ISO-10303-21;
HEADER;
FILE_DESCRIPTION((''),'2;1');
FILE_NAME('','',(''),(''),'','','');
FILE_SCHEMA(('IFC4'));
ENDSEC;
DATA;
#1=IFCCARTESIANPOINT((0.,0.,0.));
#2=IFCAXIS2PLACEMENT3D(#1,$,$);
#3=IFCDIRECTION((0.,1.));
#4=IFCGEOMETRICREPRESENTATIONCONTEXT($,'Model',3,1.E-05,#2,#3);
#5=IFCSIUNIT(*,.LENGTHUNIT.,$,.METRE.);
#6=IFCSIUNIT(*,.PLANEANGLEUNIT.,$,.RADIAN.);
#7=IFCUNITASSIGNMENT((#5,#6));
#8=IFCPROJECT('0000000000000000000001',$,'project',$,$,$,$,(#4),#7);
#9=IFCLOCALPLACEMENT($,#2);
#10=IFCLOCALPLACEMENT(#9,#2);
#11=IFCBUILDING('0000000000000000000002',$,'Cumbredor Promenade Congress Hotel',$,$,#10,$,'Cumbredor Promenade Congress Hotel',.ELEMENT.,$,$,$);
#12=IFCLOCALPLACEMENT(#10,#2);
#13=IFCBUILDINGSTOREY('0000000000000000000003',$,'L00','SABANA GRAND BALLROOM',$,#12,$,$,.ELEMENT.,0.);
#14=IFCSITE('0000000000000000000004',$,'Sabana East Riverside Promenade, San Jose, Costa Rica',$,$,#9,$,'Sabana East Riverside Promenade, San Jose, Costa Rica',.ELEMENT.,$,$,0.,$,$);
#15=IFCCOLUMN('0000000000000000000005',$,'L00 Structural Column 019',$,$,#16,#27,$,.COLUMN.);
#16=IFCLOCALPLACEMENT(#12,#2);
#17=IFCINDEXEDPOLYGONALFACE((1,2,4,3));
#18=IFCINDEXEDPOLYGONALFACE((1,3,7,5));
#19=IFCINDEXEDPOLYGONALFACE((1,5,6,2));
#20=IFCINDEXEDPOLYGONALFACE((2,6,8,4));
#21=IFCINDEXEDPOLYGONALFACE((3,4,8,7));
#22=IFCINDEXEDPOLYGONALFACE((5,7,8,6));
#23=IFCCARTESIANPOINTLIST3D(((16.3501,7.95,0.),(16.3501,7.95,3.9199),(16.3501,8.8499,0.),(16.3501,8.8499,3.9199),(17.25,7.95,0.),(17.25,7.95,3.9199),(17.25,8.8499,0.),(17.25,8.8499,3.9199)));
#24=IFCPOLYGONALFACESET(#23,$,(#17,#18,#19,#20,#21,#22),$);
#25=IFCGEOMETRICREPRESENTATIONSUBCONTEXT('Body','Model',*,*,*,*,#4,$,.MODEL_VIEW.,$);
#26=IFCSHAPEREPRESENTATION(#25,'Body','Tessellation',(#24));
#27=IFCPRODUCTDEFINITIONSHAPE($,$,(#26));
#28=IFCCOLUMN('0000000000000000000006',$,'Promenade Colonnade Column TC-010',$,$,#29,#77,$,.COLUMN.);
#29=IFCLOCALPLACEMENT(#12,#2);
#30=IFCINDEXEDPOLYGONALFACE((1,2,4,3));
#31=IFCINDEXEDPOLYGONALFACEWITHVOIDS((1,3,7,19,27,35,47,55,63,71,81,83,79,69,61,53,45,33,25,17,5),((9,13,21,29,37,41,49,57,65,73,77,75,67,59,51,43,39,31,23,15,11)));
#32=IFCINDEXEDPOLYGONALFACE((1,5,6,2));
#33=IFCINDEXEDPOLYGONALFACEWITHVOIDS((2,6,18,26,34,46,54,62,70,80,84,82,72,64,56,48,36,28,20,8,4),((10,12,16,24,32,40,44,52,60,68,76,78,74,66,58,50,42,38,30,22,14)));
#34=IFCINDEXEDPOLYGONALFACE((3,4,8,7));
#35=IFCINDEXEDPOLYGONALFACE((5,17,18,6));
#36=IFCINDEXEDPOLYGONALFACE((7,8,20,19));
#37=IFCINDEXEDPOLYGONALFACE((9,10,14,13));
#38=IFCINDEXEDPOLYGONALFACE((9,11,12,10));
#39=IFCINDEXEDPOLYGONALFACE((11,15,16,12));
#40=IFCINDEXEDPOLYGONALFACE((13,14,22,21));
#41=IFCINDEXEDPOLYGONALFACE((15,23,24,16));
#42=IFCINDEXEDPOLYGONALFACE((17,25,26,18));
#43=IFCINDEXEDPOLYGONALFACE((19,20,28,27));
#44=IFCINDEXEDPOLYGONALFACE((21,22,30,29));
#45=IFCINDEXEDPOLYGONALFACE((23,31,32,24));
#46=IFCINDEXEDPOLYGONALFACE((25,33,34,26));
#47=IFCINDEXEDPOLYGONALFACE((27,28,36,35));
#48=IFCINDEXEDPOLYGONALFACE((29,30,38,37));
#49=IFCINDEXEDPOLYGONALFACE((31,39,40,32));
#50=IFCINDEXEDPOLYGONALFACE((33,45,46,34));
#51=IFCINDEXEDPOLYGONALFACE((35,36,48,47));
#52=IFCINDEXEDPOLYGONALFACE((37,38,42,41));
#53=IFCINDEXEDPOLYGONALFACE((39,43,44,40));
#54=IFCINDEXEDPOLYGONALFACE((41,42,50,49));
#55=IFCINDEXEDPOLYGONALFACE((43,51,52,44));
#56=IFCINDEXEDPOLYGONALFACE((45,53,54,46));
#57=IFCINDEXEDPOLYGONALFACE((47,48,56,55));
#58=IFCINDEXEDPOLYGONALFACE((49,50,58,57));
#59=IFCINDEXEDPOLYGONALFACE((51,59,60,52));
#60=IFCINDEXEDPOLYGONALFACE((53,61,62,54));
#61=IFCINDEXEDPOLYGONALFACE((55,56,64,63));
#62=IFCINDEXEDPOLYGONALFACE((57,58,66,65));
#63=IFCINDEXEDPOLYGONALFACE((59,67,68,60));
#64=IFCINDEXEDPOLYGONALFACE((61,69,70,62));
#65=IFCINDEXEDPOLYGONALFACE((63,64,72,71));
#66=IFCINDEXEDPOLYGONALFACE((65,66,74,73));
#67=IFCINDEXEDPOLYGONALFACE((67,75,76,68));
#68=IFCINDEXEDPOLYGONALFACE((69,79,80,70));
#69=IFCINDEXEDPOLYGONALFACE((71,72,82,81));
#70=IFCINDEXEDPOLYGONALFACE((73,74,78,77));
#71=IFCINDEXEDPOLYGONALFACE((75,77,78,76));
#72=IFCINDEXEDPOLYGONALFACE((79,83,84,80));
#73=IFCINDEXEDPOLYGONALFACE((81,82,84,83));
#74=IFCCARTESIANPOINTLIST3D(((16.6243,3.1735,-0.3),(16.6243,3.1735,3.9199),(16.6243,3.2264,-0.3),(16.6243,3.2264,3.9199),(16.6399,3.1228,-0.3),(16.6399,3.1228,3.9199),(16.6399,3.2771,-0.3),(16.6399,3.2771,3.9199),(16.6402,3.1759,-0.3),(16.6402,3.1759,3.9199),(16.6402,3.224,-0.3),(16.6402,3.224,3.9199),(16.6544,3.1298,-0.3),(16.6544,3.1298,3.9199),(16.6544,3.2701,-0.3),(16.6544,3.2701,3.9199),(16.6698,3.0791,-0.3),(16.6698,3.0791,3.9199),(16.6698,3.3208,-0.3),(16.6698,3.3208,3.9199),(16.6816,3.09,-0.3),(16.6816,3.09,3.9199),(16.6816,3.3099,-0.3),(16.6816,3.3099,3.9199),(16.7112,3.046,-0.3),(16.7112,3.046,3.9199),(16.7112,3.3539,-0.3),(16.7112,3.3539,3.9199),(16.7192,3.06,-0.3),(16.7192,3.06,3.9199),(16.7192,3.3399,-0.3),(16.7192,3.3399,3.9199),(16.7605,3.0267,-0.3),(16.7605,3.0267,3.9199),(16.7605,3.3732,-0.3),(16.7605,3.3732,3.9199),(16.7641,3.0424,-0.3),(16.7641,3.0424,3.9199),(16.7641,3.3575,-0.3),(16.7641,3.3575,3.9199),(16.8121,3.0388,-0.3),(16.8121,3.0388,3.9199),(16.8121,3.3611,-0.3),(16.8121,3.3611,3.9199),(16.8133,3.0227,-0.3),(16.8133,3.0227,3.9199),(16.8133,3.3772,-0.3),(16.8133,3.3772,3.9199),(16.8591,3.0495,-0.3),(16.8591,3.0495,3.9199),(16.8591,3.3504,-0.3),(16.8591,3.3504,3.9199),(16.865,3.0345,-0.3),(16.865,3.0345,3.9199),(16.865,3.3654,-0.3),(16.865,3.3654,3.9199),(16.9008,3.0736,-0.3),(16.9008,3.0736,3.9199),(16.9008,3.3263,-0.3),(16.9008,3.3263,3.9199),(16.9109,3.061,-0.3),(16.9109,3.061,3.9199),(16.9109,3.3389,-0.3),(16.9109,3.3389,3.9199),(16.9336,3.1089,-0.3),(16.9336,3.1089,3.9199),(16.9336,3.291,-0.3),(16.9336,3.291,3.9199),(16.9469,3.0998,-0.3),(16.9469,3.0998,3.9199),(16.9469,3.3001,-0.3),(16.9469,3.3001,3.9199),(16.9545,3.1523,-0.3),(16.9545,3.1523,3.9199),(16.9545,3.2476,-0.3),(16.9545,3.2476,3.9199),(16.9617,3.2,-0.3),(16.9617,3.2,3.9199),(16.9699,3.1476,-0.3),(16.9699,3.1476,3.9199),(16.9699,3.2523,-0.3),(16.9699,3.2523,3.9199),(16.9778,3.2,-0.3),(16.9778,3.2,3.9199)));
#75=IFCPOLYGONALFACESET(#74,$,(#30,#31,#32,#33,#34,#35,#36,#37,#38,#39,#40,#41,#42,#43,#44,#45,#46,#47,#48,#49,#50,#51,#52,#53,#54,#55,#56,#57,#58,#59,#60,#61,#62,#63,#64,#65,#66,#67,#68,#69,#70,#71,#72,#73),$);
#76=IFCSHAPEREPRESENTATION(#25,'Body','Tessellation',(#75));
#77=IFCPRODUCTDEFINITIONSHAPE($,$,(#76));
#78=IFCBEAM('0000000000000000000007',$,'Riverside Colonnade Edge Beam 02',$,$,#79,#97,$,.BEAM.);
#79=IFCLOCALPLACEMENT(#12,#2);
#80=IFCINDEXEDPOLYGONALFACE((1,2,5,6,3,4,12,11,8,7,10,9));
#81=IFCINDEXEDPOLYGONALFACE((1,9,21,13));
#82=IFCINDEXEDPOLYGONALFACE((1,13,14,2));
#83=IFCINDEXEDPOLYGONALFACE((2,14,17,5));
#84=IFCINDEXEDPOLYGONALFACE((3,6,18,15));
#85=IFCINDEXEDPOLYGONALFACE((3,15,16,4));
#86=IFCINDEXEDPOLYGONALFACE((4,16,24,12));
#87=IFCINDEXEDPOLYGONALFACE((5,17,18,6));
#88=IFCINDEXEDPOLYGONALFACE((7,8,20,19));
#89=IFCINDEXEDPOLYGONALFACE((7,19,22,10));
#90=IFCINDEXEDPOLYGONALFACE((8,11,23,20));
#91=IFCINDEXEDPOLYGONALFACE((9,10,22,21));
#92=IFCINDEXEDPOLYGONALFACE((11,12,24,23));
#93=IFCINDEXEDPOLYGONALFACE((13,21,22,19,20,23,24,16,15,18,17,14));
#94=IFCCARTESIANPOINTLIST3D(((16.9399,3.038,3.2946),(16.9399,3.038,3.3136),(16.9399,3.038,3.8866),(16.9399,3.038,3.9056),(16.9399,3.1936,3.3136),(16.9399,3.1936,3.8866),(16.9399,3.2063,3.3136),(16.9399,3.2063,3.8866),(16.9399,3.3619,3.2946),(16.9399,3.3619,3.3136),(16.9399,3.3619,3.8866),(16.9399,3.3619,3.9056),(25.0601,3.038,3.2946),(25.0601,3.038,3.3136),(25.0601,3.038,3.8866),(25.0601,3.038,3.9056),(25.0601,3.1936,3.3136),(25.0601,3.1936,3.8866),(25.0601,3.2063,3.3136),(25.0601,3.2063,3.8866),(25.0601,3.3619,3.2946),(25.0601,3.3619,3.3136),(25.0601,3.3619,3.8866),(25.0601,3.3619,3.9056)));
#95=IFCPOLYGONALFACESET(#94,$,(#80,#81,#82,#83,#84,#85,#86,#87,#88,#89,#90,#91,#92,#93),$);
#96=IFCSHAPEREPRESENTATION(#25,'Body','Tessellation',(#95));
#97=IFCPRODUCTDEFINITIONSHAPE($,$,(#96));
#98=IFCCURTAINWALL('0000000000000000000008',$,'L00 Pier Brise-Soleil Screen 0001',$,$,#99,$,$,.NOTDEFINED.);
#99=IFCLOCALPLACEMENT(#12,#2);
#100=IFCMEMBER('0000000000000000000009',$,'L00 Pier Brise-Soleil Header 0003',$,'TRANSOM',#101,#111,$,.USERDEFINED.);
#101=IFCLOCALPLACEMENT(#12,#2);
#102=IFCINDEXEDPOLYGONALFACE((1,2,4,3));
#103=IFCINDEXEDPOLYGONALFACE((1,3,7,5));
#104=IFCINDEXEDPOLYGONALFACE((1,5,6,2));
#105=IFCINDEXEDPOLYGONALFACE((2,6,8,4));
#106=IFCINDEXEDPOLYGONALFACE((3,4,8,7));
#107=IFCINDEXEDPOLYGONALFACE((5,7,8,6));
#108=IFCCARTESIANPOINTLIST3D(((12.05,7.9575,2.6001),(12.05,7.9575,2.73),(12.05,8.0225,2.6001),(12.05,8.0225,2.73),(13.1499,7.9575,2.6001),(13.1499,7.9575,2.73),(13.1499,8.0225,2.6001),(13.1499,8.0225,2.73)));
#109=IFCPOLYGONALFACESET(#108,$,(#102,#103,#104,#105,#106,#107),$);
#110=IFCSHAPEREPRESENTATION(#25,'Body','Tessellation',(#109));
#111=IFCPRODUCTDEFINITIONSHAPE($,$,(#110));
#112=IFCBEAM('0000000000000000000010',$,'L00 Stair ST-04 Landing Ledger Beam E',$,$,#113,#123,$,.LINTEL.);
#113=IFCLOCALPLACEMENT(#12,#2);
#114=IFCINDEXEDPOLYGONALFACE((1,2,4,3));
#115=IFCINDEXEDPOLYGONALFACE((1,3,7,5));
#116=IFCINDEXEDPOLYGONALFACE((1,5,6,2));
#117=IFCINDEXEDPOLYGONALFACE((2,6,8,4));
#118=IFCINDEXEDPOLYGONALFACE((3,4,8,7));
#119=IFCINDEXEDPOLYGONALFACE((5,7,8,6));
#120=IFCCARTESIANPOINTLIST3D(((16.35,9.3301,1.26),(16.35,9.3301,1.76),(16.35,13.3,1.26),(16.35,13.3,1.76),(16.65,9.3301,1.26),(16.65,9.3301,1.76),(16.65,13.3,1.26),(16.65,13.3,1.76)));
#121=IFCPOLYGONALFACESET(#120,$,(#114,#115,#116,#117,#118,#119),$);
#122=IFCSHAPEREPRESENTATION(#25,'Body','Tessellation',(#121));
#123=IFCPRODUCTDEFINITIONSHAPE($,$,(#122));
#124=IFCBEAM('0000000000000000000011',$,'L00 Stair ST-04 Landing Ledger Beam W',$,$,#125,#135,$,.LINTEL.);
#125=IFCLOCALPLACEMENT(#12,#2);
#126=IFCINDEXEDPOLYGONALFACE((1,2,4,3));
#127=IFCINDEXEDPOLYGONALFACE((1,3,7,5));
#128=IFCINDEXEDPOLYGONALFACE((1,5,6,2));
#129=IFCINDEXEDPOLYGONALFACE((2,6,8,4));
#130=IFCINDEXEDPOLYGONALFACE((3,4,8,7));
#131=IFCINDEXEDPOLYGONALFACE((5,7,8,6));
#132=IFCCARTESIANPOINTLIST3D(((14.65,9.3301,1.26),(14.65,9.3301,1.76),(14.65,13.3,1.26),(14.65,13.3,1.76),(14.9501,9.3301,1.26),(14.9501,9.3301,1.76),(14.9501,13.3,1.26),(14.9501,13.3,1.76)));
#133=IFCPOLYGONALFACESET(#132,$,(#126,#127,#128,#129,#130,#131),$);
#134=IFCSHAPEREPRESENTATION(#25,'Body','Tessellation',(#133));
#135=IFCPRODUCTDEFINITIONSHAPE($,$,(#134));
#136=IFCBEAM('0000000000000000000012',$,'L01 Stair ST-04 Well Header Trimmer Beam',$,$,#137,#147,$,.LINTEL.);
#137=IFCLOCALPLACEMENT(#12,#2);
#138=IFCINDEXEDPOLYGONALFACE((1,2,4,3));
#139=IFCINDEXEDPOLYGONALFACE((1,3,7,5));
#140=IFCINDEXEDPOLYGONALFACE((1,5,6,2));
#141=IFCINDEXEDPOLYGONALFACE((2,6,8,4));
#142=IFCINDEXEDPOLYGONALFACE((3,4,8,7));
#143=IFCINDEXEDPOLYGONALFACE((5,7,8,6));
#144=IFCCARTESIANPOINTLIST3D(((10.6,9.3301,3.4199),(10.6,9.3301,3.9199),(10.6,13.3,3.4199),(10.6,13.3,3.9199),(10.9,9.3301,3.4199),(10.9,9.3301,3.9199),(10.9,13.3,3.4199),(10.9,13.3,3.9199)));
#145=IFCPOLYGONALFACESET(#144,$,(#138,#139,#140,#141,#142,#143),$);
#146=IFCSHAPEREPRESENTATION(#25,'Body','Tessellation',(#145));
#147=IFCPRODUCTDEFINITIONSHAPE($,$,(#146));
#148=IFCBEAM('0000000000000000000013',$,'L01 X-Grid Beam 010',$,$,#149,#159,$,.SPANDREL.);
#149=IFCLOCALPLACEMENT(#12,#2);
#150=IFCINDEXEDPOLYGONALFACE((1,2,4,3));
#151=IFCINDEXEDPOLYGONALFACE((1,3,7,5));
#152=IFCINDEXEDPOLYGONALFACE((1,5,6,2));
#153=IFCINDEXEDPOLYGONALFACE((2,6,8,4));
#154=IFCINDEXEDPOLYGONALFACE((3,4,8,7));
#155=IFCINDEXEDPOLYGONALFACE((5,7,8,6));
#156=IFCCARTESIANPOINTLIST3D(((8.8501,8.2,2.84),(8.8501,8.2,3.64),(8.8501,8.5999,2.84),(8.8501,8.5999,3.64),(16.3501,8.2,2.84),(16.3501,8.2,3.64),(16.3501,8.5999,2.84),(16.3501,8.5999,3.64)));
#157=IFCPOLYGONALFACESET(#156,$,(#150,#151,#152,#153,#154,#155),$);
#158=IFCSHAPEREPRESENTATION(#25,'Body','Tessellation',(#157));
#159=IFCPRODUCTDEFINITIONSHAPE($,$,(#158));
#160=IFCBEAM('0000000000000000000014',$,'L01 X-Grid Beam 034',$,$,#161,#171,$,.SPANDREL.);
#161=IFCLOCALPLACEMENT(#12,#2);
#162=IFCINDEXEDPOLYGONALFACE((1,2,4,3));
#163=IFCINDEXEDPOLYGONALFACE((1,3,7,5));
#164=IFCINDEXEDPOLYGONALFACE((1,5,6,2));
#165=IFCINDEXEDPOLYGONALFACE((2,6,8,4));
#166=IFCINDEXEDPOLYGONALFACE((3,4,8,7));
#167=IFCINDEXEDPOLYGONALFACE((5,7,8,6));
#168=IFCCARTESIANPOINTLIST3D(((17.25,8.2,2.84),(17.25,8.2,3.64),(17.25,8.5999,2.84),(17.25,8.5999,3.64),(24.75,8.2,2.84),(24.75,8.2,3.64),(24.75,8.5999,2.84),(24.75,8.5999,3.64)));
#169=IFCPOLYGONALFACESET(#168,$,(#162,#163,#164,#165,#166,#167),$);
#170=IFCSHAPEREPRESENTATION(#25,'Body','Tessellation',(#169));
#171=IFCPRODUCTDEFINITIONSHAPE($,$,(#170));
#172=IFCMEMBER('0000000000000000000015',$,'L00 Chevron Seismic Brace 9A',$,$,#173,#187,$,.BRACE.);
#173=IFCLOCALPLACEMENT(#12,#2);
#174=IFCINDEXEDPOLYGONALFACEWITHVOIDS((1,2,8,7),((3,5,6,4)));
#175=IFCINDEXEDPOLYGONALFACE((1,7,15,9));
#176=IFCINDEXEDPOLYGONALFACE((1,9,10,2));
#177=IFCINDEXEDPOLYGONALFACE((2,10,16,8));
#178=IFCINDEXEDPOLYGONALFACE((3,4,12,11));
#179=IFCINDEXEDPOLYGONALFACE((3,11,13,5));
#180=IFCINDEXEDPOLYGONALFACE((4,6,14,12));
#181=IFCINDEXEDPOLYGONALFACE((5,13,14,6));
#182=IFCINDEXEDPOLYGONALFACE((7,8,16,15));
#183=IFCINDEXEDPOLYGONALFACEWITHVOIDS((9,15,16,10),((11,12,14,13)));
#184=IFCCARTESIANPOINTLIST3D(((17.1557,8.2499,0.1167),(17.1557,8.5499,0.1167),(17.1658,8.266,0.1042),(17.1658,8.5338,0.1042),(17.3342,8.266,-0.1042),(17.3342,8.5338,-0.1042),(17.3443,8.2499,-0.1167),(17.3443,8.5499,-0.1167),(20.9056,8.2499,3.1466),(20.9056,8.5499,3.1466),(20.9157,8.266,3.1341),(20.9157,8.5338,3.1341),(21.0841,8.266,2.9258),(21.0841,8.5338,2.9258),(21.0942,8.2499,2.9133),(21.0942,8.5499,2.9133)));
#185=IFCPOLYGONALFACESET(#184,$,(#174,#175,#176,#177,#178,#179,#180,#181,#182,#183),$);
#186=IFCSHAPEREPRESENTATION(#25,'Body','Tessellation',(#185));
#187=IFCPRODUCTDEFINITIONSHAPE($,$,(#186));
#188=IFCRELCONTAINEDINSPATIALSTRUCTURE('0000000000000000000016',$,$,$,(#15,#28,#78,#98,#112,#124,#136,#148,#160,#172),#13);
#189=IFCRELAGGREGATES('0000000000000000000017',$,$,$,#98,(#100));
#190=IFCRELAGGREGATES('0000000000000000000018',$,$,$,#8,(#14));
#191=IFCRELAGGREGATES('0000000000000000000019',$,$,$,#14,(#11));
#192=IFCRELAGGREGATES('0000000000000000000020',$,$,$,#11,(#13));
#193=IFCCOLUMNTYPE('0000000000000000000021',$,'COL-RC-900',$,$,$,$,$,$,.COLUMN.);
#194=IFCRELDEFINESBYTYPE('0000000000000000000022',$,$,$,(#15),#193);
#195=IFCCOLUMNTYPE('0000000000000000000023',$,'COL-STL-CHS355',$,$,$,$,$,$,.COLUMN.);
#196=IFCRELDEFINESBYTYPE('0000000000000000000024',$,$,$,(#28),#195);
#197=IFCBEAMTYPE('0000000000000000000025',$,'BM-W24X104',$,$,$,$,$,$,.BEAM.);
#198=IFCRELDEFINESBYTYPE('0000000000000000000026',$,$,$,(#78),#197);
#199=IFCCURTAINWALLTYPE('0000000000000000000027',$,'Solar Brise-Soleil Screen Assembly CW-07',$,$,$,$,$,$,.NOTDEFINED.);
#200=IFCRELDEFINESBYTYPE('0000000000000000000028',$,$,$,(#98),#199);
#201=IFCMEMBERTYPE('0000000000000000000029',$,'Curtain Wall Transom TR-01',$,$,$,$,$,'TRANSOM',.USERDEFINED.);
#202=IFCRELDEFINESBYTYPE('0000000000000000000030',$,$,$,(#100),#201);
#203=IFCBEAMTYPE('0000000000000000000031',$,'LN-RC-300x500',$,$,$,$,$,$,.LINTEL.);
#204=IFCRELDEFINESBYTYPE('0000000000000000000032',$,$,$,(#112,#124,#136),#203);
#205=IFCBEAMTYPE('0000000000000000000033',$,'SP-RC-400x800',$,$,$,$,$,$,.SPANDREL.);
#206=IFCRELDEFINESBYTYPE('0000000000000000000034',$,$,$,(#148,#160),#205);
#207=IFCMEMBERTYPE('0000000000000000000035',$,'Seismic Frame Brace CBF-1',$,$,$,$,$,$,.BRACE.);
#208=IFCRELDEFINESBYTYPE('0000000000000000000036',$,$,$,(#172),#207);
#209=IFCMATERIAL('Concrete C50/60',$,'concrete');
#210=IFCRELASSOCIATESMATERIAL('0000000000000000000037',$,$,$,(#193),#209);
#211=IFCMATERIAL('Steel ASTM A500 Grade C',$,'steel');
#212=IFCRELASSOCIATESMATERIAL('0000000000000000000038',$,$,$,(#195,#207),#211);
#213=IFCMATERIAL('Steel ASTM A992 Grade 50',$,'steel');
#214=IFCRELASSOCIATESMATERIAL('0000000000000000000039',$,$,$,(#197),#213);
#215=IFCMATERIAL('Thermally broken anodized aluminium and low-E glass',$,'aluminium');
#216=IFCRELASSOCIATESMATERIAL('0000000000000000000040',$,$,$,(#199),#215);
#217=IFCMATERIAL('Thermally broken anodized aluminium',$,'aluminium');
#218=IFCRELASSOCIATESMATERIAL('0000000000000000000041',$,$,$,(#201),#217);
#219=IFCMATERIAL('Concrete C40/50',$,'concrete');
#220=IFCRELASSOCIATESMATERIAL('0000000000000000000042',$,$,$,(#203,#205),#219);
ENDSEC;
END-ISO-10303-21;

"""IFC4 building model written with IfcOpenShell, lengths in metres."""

from ifc_helpers import new_model, si_unit, direction, frame, origin, origin_2d, place, context, subcontext, project, spatial, rectangle, hollow_rectangle, hollow_circle, i_section, extrude, material, material_profile, profile_set, type_object, element, aggregate, save


model = new_model("IFC4")

# Units and contexts
model_context = context("Model", 3, precision=1e-05, world=origin(), true_north=direction((0.0, 1.0)))
body_context = subcontext(model_context, "Body", "Model", "MODEL_VIEW")
ifc_project = project(units=[si_unit("LENGTHUNIT", "METRE"), si_unit("PLANEANGLEUNIT", "RADIAN")], contexts=[model_context])

# Site, building, storey
site_placement = place(None, origin())
site = spatial("IfcSite", under=ifc_project, at=site_placement, Name="Sabana East Riverside Promenade, San Jose, Costa Rica", LongName="Sabana East Riverside Promenade, San Jose, Costa Rica", CompositionType="ELEMENT", RefElevation=0.0)
building_placement = place(site_placement, origin())
building = spatial("IfcBuilding", under=site, at=building_placement, Name="Cumbredor Promenade Congress Hotel", LongName="Cumbredor Promenade Congress Hotel", CompositionType="ELEMENT")
storey_placement = place(building_placement, origin())
storey = spatial("IfcBuildingStorey", under=building, at=storey_placement, Name="L00", Description="SABANA GRAND BALLROOM", CompositionType="ELEMENT", Elevation=0.0)

# Columns
ifc_material_1 = material(Name="Concrete C50/60", Category="concrete")
ifc_material_profile_1 = material_profile(ifc_material_1, rectangle(XDim=0.8999, YDim=0.8999, at=origin_2d()), Name="RC 900x900")
ifc_profile_set_1 = profile_set([ifc_material_profile_1], Name="Concrete C50/60")
column_type_1 = type_object("IfcColumnType", Name="COL-RC-900", PredefinedType="COLUMN", material=ifc_profile_set_1)
column_1_placement = place(storey_placement, frame((16.8, 8.3999, 0.0), z_axis=(0.0, 0.0, 1.0), x_axis=(1.0, 0.0, 0.0)))
element("IfcColumn", 1, at=column_1_placement, inside=storey, type_object=column_type_1, Name="L00 Structural Column 019", PredefinedType="COLUMN", context=body_context, shape_type="SweptSolid", body=[
    extrude(rectangle(XDim=0.8999, YDim=0.8999, at=origin_2d()), origin(), (0.0, 0.0, 1.0), 3.9199),
])
ifc_material_2 = material(Name="Steel ASTM A500 Grade C", Category="steel")
ifc_material_profile_2 = material_profile(ifc_material_2, hollow_circle(Radius=0.1777, WallThickness=0.0161, at=origin_2d()), Name="CHS 355.6x16")
ifc_profile_set_2 = profile_set([ifc_material_profile_2], Name="Steel ASTM A500 Grade C")
column_type_2 = type_object("IfcColumnType", Name="COL-STL-CHS355", PredefinedType="COLUMN", material=ifc_profile_set_2)
column_2_placement = place(storey_placement, frame((16.8, 3.2, -0.3), z_axis=(0.0, 0.0, 1.0), x_axis=(1.0, 0.0, 0.0)))
element("IfcColumn", 2, at=column_2_placement, inside=storey, type_object=column_type_2, Name="Promenade Colonnade Column TC-010", PredefinedType="COLUMN", context=body_context, shape_type="SweptSolid", body=[
    extrude(hollow_circle(Radius=0.1777, WallThickness=0.0161, at=origin_2d()), origin(), (0.0, 0.0, 1.0), 4.22),
])

# Beam
ifc_material_3 = material(Name="Steel ASTM A992 Grade 50", Category="steel")
ifc_material_profile_3 = material_profile(ifc_material_3, i_section(OverallWidth=0.324, OverallDepth=0.6111, WebThickness=0.0127, FlangeThickness=0.019, at=origin_2d()), Name="W24X104")
ifc_profile_set_3 = profile_set([ifc_material_profile_3], Name="Steel ASTM A992 Grade 50")
beam_type_1 = type_object("IfcBeamType", Name="BM-W24X104", PredefinedType="BEAM", material=ifc_profile_set_3)
beam_placement = place(storey_placement, frame((16.9399, 3.2, 3.6001), z_axis=(1.0, 0.0, 0.0), x_axis=(0.0, 1.0, 0.0)))
element("IfcBeam", 3, at=beam_placement, inside=storey, type_object=beam_type_1, Name="Riverside Colonnade Edge Beam 02", PredefinedType="BEAM", context=body_context, shape_type="SweptSolid", body=[
    extrude(i_section(OverallWidth=0.324, OverallDepth=0.6111, WebThickness=0.0127, FlangeThickness=0.019, at=origin_2d()), origin(), (0.0, 0.0, 1.0), 8.1201),
])

# Curtain wall, member
ifc_material_4 = material(Name="Thermally broken anodized aluminium and low-E glass", Category="aluminium")
curtain_wall_type = type_object("IfcCurtainWallType", Name="Solar Brise-Soleil Screen Assembly CW-07", PredefinedType="NOTDEFINED", material=ifc_material_4)
curtain_wall_placement = place(storey_placement, origin())
curtain_wall = element("IfcCurtainWall", 4, at=curtain_wall_placement, inside=storey, type_object=curtain_wall_type, Name="L00 Pier Brise-Soleil Screen 0001", PredefinedType="NOTDEFINED")
ifc_material_5 = material(Name="Thermally broken anodized aluminium", Category="aluminium")
ifc_material_profile_4 = material_profile(ifc_material_5, rectangle(XDim=0.0649, YDim=0.1299, at=origin_2d()), Name="ALU TRANSOM 65x130")
ifc_profile_set_4 = profile_set([ifc_material_profile_4], Name="Thermally broken anodized aluminium")
member_type_1 = type_object("IfcMemberType", Name="Curtain Wall Transom TR-01", ElementType="TRANSOM", PredefinedType="USERDEFINED", material=ifc_profile_set_4)
member_1_placement = place(storey_placement, frame((12.05, 7.99, 2.665), z_axis=(1.0, 0.0, 0.0), x_axis=(0.0, 1.0, 0.0)))
member_1 = element("IfcMember", 5, at=member_1_placement, type_object=member_type_1, Name="L00 Pier Brise-Soleil Header 0003", ObjectType="TRANSOM", PredefinedType="USERDEFINED", context=body_context, shape_type="SweptSolid", body=[
    extrude(rectangle(XDim=0.0649, YDim=0.1299, at=origin_2d()), origin(), (0.0, 0.0, 1.0), 1.0999),
])

# Beams
ifc_material_6 = material(Name="Concrete C40/50", Category="concrete")
ifc_material_profile_5 = material_profile(ifc_material_6, rectangle(XDim=0.3, YDim=0.5, at=origin_2d()), Name="RC LINTEL 300x500")
ifc_profile_set_5 = profile_set([ifc_material_profile_5], Name="Concrete C40/50")
beam_type_2 = type_object("IfcBeamType", Name="LN-RC-300x500", PredefinedType="LINTEL", material=ifc_profile_set_5)
for number, where, z_axis, x_axis, name in (
    (6, (16.5, 9.3301, 1.51), (0.0, 1.0, 0.0), (-1.0, 0.0, 0.0), "L00 Stair ST-04 Landing Ledger Beam E"),
    (7, (14.8, 9.3301, 1.51), (0.0, 1.0, 0.0), (-1.0, 0.0, 0.0), "L00 Stair ST-04 Landing Ledger Beam W"),
    (8, (10.75, 9.3301, 3.6699), (0.0, 1.0, 0.0), (-1.0, 0.0, 0.0), "L01 Stair ST-04 Well Header Trimmer Beam"),
):
    element("IfcBeam", number, at=place(storey_placement, frame(where, z_axis=z_axis, x_axis=x_axis)), inside=storey, type_object=beam_type_2, Name=name, PredefinedType="LINTEL", context=body_context, shape_type="SweptSolid", body=[
        extrude(rectangle(XDim=0.3, YDim=0.5, at=origin_2d()), origin(), (0.0, 0.0, 1.0), 3.97),
    ])
ifc_material_profile_6 = material_profile(ifc_material_6, rectangle(XDim=0.3999, YDim=0.8, at=origin_2d()), Name="RC SPANDREL 400x800")
ifc_profile_set_6 = profile_set([ifc_material_profile_6], Name="Concrete C40/50")
beam_type_3 = type_object("IfcBeamType", Name="SP-RC-400x800", PredefinedType="SPANDREL", material=ifc_profile_set_6)
for number, where, z_axis, x_axis, name in (
    (9, (8.8501, 8.3999, 3.24), (1.0, 0.0, 0.0), (0.0, 1.0, 0.0), "L01 X-Grid Beam 010"),
    (10, (17.25, 8.3999, 3.24), (1.0, 0.0, 0.0), (0.0, 1.0, 0.0), "L01 X-Grid Beam 034"),
):
    element("IfcBeam", number, at=place(storey_placement, frame(where, z_axis=z_axis, x_axis=x_axis)), inside=storey, type_object=beam_type_3, Name=name, PredefinedType="SPANDREL", context=body_context, shape_type="SweptSolid", body=[
        extrude(rectangle(XDim=0.3999, YDim=0.8, at=origin_2d()), origin(), (0.0, 0.0, 1.0), 7.5),
    ])

# Member
ifc_material_profile_7 = material_profile(ifc_material_2, hollow_rectangle(XDim=0.3, YDim=0.3, WallThickness=0.0161, at=origin_2d()), Name="HSS 300x300x16")
ifc_profile_set_7 = profile_set([ifc_material_profile_7], Name="Steel ASTM A500 Grade C")
member_type_2 = type_object("IfcMemberType", Name="Seismic Frame Brace CBF-1", PredefinedType="BRACE", material=ifc_profile_set_7)
member_2_placement = place(storey_placement, frame((17.25, 8.3999, 0.0), z_axis=(0.777821, 0.0, 0.628486), x_axis=(0.0, 1.0, 0.0)))
element("IfcMember", 11, at=member_2_placement, inside=storey, type_object=member_type_2, Name="L00 Chevron Seismic Brace 9A", PredefinedType="BRACE", context=body_context, shape_type="SweptSolid", body=[
    extrude(hollow_rectangle(XDim=0.3, YDim=0.3, WallThickness=0.0161, at=origin_2d()), origin(), (0.0, 0.0, 1.0), 4.821),
])
aggregate(curtain_wall, [member_1])

save(model, "model.ifc")
